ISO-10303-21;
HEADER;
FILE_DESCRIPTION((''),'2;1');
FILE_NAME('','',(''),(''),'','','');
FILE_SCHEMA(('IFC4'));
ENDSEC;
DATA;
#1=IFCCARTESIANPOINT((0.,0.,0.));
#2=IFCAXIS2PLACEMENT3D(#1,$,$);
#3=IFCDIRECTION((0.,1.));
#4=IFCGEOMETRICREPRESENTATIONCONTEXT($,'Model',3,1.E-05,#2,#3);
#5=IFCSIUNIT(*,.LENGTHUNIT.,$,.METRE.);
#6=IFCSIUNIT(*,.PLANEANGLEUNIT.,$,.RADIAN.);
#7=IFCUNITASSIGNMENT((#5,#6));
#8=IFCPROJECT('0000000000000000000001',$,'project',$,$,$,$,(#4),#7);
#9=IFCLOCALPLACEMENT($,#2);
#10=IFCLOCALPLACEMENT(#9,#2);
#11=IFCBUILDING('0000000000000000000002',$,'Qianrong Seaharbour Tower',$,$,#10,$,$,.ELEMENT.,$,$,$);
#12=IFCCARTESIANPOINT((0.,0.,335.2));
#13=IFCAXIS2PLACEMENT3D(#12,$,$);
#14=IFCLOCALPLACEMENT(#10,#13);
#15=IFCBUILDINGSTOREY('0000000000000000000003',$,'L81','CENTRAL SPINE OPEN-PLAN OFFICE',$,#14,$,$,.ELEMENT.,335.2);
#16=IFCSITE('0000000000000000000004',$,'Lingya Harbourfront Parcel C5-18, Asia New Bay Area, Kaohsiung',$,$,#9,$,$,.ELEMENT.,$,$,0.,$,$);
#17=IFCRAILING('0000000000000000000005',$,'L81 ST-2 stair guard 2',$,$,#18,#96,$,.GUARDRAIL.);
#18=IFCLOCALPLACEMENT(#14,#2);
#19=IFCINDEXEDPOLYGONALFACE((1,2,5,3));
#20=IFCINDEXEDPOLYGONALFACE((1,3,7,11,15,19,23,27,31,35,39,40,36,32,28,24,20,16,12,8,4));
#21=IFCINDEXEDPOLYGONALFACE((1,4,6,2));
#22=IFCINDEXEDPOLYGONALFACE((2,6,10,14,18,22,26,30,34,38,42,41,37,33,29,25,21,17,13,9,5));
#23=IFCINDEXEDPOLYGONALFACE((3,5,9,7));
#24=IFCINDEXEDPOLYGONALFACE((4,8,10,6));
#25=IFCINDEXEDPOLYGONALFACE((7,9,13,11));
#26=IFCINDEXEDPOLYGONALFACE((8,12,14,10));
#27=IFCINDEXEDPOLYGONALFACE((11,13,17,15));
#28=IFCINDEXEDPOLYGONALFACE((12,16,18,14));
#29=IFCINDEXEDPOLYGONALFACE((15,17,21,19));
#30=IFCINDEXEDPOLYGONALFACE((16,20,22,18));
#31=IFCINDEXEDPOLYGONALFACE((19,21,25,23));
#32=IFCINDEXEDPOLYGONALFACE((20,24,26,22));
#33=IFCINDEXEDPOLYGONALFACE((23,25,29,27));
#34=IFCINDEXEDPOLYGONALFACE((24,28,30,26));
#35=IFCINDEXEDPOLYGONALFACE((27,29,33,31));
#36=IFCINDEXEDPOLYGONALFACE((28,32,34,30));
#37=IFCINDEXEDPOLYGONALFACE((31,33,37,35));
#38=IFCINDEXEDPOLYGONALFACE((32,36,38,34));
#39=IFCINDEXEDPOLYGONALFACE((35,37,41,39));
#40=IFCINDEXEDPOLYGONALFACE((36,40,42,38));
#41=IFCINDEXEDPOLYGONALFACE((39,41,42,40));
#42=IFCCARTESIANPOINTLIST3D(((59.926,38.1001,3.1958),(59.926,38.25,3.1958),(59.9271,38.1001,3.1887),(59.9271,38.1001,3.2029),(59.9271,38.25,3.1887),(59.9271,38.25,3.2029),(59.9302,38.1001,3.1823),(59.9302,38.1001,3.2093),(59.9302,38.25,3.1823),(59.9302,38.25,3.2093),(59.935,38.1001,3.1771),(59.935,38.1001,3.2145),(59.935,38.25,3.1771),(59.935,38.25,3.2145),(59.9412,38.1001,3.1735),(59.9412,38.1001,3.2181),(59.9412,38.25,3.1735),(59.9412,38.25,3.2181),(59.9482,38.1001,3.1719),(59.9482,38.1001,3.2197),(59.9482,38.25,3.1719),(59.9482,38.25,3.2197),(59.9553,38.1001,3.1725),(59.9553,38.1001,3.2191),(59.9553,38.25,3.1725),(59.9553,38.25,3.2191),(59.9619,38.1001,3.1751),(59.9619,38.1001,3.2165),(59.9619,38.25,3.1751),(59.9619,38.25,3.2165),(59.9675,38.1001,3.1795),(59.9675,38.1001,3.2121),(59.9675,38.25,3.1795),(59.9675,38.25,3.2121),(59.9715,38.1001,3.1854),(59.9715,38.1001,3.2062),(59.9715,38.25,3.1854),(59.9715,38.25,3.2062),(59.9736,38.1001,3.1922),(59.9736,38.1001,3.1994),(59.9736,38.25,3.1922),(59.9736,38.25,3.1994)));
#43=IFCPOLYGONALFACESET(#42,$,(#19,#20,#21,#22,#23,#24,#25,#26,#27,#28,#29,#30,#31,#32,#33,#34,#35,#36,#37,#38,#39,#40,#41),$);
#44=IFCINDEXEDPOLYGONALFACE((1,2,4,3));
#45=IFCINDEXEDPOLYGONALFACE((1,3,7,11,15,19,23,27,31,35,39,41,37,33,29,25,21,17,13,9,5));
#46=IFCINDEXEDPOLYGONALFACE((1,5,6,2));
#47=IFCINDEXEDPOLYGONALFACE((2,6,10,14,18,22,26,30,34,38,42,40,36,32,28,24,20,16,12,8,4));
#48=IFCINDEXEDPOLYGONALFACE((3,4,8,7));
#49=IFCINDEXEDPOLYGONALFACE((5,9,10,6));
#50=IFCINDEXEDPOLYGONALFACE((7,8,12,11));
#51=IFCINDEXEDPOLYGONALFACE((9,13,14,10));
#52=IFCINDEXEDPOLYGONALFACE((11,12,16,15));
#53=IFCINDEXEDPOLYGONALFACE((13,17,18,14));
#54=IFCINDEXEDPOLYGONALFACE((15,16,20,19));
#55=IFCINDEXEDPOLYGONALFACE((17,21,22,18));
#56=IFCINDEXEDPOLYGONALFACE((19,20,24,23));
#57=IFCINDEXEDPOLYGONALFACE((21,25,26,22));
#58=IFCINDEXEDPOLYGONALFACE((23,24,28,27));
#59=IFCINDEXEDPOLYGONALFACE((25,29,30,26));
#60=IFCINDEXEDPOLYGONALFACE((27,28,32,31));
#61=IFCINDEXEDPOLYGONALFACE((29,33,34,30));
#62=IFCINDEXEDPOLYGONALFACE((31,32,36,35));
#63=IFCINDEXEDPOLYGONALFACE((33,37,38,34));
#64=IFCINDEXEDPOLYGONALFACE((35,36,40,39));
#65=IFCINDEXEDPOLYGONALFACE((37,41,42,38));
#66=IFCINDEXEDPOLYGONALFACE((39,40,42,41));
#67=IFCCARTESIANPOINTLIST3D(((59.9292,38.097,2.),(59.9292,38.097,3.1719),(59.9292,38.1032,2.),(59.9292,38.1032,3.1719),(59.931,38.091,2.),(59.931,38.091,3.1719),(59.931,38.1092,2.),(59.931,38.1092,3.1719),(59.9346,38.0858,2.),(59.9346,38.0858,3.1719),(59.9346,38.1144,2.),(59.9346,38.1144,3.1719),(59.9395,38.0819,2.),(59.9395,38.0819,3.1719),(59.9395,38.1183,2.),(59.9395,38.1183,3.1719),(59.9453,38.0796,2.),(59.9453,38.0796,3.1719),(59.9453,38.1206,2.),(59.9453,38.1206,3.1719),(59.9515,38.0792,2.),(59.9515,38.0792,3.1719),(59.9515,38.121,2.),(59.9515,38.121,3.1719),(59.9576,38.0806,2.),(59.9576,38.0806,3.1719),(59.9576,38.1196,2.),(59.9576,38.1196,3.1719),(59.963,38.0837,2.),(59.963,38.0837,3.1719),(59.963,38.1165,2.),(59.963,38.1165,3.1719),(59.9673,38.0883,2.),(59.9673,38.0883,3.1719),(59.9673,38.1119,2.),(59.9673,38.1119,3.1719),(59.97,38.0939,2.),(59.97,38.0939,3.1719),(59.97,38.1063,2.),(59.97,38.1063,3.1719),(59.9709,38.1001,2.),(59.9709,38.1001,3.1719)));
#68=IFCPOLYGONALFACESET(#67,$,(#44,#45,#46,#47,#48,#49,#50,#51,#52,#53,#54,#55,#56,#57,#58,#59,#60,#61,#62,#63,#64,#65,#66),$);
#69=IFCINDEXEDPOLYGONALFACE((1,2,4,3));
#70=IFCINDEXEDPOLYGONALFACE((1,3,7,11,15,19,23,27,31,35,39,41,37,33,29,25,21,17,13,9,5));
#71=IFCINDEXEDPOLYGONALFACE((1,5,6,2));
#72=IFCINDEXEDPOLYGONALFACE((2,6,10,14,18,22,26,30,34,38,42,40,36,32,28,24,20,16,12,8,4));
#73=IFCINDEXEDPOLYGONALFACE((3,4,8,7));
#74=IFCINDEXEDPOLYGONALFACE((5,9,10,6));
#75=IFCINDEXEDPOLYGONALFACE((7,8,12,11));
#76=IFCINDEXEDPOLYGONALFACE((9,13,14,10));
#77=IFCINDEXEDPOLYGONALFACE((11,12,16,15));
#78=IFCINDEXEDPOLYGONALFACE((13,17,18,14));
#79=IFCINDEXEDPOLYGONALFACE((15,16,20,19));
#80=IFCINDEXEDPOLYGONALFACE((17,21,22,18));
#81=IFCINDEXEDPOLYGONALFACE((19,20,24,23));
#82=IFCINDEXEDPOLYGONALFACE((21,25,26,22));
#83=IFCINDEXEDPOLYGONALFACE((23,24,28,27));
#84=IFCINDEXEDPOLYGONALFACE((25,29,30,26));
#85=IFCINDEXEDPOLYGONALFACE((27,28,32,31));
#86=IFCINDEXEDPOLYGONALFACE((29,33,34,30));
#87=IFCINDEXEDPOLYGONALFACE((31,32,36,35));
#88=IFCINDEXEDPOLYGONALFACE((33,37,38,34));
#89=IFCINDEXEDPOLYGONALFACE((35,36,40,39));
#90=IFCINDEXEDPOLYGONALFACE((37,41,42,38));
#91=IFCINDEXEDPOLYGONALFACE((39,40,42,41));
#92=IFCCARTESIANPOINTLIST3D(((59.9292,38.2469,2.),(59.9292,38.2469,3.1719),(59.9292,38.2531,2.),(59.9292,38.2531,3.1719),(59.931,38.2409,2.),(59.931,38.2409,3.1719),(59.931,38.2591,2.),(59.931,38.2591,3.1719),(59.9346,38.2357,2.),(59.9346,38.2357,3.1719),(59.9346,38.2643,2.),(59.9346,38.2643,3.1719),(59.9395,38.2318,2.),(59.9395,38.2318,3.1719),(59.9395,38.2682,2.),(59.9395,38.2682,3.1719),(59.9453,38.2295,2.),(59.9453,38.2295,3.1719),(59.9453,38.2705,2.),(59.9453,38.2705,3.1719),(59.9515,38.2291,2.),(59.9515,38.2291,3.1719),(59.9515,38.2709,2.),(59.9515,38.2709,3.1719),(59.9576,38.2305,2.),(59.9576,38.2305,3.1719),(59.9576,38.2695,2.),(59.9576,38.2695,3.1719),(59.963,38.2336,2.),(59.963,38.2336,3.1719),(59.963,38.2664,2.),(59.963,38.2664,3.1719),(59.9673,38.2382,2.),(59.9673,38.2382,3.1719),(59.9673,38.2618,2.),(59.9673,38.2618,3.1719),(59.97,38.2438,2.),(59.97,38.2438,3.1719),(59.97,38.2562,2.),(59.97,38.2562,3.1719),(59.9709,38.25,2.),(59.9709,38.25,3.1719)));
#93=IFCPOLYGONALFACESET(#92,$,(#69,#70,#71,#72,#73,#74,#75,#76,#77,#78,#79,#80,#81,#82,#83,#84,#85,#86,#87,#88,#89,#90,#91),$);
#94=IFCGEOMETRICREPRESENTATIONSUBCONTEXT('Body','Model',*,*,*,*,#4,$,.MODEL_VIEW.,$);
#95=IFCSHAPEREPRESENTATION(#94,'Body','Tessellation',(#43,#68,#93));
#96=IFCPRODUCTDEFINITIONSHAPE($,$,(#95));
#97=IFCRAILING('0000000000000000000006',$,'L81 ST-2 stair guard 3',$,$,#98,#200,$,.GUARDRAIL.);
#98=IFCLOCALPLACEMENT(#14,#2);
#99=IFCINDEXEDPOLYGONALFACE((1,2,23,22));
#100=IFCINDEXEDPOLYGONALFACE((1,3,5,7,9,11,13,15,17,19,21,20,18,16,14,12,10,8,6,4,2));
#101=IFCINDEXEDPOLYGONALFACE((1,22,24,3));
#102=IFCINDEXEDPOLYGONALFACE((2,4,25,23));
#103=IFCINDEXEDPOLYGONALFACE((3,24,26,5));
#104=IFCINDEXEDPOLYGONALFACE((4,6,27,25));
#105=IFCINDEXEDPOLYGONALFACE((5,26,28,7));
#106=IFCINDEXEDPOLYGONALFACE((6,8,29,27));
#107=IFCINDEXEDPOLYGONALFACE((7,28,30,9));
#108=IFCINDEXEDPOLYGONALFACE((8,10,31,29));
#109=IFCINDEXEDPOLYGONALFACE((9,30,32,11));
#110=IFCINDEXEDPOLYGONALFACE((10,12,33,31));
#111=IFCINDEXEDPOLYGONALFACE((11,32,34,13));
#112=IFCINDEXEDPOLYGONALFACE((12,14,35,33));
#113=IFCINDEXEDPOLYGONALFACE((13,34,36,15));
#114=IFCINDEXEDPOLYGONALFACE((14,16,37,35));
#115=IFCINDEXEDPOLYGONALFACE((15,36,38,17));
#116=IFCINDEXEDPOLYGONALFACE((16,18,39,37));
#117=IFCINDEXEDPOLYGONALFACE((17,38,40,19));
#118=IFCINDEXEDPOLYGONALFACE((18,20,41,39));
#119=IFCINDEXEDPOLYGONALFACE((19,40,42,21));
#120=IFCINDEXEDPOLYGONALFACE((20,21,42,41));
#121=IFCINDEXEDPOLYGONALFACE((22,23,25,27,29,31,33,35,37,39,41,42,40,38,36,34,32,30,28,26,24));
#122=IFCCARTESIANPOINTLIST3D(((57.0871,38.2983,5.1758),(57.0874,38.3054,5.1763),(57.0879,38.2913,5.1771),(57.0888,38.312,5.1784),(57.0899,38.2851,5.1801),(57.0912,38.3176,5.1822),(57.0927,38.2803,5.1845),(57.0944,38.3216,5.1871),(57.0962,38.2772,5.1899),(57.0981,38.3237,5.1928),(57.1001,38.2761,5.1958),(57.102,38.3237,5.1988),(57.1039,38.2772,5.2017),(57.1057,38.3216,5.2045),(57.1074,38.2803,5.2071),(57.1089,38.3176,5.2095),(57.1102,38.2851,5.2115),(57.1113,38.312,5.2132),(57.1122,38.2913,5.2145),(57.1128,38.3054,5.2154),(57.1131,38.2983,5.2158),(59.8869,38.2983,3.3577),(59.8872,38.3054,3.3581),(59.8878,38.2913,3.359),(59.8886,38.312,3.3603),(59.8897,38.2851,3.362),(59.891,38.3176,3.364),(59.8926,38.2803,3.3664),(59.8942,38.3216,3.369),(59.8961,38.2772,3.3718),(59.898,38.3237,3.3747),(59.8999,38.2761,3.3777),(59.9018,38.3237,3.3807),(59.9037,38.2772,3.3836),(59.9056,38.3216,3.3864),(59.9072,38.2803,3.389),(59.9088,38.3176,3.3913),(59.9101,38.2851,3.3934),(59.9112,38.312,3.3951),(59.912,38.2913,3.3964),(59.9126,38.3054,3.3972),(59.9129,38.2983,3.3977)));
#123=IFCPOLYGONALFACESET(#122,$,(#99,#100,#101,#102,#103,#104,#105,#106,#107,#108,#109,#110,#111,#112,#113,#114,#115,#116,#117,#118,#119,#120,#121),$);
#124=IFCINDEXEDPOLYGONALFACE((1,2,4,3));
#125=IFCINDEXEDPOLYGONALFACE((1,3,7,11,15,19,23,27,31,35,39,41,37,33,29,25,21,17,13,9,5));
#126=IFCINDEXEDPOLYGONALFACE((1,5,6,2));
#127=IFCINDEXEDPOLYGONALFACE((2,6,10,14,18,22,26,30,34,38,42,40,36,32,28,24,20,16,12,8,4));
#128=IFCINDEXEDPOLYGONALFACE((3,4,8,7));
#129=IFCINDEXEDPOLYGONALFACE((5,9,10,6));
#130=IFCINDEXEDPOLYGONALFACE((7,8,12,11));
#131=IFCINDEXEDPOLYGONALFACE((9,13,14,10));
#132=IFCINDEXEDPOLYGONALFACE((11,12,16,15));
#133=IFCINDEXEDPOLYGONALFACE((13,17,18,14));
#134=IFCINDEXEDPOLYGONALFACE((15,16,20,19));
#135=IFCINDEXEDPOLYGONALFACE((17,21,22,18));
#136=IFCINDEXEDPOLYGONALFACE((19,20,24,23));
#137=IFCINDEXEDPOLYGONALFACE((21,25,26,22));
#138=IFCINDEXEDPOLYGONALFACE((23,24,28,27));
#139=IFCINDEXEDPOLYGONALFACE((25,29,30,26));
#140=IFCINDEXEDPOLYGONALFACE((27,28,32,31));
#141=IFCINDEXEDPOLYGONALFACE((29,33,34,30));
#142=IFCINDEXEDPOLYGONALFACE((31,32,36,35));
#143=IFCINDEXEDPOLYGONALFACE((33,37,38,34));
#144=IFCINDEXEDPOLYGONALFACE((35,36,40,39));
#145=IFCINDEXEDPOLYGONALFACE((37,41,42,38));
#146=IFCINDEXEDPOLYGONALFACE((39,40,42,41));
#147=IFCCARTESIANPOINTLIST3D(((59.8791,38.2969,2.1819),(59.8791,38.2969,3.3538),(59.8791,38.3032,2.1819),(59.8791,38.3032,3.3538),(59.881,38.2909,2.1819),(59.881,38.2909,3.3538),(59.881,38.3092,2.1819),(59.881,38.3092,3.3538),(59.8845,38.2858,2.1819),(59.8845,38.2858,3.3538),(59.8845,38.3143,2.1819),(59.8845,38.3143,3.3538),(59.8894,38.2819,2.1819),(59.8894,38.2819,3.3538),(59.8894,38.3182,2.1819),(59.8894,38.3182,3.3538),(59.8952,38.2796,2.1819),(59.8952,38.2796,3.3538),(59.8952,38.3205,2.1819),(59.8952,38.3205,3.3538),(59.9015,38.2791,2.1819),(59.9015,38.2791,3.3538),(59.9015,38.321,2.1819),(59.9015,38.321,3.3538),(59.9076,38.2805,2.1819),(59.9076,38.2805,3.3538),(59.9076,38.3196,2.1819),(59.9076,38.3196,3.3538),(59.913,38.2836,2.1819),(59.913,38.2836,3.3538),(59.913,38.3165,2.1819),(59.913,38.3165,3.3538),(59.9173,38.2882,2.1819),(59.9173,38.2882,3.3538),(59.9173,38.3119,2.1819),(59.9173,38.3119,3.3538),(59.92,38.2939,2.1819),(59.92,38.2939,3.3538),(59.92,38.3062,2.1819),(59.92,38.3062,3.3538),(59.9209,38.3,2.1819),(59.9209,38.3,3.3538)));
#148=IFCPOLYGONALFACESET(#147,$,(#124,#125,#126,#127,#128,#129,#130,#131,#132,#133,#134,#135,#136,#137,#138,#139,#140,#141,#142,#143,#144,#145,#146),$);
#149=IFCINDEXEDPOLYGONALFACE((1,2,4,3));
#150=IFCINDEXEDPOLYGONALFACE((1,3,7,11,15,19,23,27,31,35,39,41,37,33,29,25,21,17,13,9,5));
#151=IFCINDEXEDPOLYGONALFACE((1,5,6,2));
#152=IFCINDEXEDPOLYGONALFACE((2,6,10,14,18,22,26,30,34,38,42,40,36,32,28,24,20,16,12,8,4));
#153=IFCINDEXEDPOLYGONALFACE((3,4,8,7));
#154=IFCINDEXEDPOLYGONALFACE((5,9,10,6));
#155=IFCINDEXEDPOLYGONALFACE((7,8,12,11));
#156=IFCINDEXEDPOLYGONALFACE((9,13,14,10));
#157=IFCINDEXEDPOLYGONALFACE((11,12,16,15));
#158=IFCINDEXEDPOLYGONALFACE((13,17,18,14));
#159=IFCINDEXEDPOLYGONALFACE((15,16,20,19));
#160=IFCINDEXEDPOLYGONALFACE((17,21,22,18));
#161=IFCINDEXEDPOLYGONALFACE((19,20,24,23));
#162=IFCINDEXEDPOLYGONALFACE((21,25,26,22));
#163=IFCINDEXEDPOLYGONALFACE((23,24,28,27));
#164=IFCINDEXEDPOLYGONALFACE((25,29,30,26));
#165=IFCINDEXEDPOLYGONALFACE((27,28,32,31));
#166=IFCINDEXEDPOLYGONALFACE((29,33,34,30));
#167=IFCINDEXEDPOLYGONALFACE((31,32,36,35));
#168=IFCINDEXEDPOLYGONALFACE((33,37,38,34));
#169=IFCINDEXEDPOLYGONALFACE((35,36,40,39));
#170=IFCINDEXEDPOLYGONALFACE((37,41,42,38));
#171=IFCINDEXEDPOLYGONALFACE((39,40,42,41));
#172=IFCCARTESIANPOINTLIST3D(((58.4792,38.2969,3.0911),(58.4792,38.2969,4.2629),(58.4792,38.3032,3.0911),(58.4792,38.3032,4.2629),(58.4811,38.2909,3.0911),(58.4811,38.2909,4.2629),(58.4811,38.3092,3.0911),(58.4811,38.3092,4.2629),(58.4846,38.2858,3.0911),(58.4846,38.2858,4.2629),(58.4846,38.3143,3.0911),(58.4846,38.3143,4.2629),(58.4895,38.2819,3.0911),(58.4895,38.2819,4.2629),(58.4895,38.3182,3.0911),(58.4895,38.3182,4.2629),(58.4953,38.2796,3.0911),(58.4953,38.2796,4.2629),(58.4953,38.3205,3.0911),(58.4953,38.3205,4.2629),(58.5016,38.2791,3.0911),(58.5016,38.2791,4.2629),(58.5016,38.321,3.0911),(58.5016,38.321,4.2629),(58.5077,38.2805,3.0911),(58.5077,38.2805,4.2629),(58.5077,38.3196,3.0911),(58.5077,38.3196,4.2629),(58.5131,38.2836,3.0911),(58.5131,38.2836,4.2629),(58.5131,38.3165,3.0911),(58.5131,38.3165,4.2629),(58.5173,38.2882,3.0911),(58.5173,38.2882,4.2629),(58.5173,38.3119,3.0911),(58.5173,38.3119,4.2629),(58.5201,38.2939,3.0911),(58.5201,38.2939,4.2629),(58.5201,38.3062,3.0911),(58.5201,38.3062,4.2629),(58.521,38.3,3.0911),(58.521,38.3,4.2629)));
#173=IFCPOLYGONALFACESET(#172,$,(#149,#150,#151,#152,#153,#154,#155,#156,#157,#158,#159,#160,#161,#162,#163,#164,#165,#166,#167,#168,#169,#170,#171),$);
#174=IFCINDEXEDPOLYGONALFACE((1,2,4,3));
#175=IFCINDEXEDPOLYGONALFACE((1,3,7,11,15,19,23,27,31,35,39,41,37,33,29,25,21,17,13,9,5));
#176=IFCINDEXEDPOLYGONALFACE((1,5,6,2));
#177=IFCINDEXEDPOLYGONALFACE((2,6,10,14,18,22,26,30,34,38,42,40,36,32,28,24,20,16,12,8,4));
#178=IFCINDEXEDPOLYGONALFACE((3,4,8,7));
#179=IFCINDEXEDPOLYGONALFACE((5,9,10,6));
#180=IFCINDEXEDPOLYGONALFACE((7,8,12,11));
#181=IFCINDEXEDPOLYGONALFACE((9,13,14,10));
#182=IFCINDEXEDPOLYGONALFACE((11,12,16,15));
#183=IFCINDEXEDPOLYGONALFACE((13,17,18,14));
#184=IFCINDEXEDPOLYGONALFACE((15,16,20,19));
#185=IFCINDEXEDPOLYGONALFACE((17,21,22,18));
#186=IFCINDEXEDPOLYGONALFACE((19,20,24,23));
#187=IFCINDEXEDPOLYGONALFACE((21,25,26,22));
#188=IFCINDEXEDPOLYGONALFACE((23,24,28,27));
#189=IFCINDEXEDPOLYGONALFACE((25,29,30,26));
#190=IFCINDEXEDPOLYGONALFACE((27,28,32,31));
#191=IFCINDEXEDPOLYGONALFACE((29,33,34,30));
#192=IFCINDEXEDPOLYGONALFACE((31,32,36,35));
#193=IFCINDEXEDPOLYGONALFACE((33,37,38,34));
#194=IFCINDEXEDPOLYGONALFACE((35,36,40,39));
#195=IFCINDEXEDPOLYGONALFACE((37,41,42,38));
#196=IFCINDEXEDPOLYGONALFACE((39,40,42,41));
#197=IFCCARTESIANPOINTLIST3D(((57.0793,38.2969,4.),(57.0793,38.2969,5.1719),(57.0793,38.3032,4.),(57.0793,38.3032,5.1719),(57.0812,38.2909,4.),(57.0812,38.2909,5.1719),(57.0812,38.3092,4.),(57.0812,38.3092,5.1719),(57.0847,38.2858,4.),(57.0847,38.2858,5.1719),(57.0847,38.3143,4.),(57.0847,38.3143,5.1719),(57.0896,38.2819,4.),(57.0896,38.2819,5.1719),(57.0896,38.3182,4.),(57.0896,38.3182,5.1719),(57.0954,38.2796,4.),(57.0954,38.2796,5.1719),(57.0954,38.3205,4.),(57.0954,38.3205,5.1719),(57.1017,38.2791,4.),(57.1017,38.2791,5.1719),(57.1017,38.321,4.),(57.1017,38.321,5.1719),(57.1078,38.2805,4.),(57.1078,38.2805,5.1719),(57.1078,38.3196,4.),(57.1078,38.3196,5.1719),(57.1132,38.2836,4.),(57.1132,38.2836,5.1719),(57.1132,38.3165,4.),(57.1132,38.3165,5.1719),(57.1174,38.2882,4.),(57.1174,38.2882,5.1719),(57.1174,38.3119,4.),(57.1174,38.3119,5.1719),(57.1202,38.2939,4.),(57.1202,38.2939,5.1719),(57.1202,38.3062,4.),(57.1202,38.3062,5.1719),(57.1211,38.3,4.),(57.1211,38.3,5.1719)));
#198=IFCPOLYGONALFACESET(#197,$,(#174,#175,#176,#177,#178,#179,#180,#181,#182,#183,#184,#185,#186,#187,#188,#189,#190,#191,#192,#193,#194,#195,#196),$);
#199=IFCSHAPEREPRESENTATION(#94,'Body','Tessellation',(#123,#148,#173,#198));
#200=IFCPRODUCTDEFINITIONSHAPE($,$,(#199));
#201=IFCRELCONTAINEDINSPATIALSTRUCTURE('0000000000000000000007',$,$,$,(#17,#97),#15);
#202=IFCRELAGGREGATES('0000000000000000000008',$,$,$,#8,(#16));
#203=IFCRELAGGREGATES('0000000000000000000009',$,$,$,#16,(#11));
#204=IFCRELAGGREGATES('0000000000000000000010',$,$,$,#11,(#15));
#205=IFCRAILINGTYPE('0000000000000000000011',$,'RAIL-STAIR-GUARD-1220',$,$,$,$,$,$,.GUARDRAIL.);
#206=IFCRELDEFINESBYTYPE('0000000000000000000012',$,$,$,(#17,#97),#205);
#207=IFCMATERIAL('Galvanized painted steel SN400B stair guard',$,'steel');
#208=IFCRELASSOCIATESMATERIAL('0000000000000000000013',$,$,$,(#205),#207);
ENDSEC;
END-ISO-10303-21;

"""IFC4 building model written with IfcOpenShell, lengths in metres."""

from ifc_helpers import new_model, si_unit, direction, frame, origin, origin_2d, place, context, subcontext, project, spatial, circle, extrude, material, type_object, element, save


model = new_model("IFC4")

# Units and contexts
model_context = context("Model", 3, precision=1e-05, world=origin(), true_north=direction((0.0, 1.0)))
body_context = subcontext(model_context, "Body", "Model", "MODEL_VIEW")
ifc_project = project(units=[si_unit("LENGTHUNIT", "METRE"), si_unit("PLANEANGLEUNIT", "RADIAN")], contexts=[model_context])

# Site, building, storey
site_placement = place(None, origin())
site = spatial("IfcSite", under=ifc_project, at=site_placement, Name="Lingya Harbourfront Parcel C5-18, Asia New Bay Area, Kaohsiung", CompositionType="ELEMENT", RefElevation=0.0)
building_placement = place(site_placement, origin())
building = spatial("IfcBuilding", under=site, at=building_placement, Name="Qianrong Seaharbour Tower", CompositionType="ELEMENT")
storey_placement = place(building_placement, frame((0.0, 0.0, 335.2)))
storey = spatial("IfcBuildingStorey", under=building, at=storey_placement, Name="L81", Description="CENTRAL SPINE OPEN-PLAN OFFICE", CompositionType="ELEMENT", Elevation=335.2)

# Railings
ifc_material_1 = material(Name="Galvanized painted steel SN400B stair guard", Category="steel")
railing_type_1 = type_object("IfcRailingType", Name="RAIL-STAIR-GUARD-1220", PredefinedType="GUARDRAIL", material=ifc_material_1)
railing_1_placement = place(storey_placement, frame((59.95, 38.1001, 2.0)))
element("IfcRailing", 1, at=railing_1_placement, inside=storey, type_object=railing_type_1, Name="L81 ST-2 stair guard 2", PredefinedType="GUARDRAIL", context=body_context, shape_type="SweptSolid", body=[
    extrude(circle(Radius=0.0239, at=origin_2d()), frame((0.0, 0.0, 1.1958), z_axis=(0.0, 1.0, 0.0), x_axis=(-1.0, 0.0, 0.0)), (0.0, 0.0, 1.0), 0.1499),
    extrude(circle(Radius=0.021, at=origin_2d()), origin(), (0.0, 0.0, 1.0), 1.1719),
    extrude(circle(Radius=0.021, at=origin_2d()), frame((0.0, 0.1499, 0.0)), (0.0, 0.0, 1.0), 1.1719),
])
railing_2_placement = place(storey_placement, frame((59.8999, 38.3, 2.1819)))
element("IfcRailing", 2, at=railing_2_placement, inside=storey, type_object=railing_type_1, Name="L81 ST-2 stair guard 3", PredefinedType="GUARDRAIL", context=body_context, shape_type="SweptSolid", body=[
    extrude(circle(Radius=0.0239, at=origin_2d()), frame((0.0, 0.0, 1.1958), z_axis=(-0.838684, 0.0, 0.544618), x_axis=(0.0, -1.0, 0.0)), (0.0, 0.0, 1.0), 3.3384),
    extrude(circle(Radius=0.021, at=origin_2d()), origin(), (0.0, 0.0, 1.0), 1.1719),
    extrude(circle(Radius=0.021, at=origin_2d()), frame((-1.3999, 0.0, 0.9092)), (0.0, 0.0, 1.0), 1.1719),
    extrude(circle(Radius=0.021, at=origin_2d()), frame((-2.7998, 0.0, 1.8181)), (0.0, 0.0, 1.0), 1.1719),
])

save(model, "model.ifc")
